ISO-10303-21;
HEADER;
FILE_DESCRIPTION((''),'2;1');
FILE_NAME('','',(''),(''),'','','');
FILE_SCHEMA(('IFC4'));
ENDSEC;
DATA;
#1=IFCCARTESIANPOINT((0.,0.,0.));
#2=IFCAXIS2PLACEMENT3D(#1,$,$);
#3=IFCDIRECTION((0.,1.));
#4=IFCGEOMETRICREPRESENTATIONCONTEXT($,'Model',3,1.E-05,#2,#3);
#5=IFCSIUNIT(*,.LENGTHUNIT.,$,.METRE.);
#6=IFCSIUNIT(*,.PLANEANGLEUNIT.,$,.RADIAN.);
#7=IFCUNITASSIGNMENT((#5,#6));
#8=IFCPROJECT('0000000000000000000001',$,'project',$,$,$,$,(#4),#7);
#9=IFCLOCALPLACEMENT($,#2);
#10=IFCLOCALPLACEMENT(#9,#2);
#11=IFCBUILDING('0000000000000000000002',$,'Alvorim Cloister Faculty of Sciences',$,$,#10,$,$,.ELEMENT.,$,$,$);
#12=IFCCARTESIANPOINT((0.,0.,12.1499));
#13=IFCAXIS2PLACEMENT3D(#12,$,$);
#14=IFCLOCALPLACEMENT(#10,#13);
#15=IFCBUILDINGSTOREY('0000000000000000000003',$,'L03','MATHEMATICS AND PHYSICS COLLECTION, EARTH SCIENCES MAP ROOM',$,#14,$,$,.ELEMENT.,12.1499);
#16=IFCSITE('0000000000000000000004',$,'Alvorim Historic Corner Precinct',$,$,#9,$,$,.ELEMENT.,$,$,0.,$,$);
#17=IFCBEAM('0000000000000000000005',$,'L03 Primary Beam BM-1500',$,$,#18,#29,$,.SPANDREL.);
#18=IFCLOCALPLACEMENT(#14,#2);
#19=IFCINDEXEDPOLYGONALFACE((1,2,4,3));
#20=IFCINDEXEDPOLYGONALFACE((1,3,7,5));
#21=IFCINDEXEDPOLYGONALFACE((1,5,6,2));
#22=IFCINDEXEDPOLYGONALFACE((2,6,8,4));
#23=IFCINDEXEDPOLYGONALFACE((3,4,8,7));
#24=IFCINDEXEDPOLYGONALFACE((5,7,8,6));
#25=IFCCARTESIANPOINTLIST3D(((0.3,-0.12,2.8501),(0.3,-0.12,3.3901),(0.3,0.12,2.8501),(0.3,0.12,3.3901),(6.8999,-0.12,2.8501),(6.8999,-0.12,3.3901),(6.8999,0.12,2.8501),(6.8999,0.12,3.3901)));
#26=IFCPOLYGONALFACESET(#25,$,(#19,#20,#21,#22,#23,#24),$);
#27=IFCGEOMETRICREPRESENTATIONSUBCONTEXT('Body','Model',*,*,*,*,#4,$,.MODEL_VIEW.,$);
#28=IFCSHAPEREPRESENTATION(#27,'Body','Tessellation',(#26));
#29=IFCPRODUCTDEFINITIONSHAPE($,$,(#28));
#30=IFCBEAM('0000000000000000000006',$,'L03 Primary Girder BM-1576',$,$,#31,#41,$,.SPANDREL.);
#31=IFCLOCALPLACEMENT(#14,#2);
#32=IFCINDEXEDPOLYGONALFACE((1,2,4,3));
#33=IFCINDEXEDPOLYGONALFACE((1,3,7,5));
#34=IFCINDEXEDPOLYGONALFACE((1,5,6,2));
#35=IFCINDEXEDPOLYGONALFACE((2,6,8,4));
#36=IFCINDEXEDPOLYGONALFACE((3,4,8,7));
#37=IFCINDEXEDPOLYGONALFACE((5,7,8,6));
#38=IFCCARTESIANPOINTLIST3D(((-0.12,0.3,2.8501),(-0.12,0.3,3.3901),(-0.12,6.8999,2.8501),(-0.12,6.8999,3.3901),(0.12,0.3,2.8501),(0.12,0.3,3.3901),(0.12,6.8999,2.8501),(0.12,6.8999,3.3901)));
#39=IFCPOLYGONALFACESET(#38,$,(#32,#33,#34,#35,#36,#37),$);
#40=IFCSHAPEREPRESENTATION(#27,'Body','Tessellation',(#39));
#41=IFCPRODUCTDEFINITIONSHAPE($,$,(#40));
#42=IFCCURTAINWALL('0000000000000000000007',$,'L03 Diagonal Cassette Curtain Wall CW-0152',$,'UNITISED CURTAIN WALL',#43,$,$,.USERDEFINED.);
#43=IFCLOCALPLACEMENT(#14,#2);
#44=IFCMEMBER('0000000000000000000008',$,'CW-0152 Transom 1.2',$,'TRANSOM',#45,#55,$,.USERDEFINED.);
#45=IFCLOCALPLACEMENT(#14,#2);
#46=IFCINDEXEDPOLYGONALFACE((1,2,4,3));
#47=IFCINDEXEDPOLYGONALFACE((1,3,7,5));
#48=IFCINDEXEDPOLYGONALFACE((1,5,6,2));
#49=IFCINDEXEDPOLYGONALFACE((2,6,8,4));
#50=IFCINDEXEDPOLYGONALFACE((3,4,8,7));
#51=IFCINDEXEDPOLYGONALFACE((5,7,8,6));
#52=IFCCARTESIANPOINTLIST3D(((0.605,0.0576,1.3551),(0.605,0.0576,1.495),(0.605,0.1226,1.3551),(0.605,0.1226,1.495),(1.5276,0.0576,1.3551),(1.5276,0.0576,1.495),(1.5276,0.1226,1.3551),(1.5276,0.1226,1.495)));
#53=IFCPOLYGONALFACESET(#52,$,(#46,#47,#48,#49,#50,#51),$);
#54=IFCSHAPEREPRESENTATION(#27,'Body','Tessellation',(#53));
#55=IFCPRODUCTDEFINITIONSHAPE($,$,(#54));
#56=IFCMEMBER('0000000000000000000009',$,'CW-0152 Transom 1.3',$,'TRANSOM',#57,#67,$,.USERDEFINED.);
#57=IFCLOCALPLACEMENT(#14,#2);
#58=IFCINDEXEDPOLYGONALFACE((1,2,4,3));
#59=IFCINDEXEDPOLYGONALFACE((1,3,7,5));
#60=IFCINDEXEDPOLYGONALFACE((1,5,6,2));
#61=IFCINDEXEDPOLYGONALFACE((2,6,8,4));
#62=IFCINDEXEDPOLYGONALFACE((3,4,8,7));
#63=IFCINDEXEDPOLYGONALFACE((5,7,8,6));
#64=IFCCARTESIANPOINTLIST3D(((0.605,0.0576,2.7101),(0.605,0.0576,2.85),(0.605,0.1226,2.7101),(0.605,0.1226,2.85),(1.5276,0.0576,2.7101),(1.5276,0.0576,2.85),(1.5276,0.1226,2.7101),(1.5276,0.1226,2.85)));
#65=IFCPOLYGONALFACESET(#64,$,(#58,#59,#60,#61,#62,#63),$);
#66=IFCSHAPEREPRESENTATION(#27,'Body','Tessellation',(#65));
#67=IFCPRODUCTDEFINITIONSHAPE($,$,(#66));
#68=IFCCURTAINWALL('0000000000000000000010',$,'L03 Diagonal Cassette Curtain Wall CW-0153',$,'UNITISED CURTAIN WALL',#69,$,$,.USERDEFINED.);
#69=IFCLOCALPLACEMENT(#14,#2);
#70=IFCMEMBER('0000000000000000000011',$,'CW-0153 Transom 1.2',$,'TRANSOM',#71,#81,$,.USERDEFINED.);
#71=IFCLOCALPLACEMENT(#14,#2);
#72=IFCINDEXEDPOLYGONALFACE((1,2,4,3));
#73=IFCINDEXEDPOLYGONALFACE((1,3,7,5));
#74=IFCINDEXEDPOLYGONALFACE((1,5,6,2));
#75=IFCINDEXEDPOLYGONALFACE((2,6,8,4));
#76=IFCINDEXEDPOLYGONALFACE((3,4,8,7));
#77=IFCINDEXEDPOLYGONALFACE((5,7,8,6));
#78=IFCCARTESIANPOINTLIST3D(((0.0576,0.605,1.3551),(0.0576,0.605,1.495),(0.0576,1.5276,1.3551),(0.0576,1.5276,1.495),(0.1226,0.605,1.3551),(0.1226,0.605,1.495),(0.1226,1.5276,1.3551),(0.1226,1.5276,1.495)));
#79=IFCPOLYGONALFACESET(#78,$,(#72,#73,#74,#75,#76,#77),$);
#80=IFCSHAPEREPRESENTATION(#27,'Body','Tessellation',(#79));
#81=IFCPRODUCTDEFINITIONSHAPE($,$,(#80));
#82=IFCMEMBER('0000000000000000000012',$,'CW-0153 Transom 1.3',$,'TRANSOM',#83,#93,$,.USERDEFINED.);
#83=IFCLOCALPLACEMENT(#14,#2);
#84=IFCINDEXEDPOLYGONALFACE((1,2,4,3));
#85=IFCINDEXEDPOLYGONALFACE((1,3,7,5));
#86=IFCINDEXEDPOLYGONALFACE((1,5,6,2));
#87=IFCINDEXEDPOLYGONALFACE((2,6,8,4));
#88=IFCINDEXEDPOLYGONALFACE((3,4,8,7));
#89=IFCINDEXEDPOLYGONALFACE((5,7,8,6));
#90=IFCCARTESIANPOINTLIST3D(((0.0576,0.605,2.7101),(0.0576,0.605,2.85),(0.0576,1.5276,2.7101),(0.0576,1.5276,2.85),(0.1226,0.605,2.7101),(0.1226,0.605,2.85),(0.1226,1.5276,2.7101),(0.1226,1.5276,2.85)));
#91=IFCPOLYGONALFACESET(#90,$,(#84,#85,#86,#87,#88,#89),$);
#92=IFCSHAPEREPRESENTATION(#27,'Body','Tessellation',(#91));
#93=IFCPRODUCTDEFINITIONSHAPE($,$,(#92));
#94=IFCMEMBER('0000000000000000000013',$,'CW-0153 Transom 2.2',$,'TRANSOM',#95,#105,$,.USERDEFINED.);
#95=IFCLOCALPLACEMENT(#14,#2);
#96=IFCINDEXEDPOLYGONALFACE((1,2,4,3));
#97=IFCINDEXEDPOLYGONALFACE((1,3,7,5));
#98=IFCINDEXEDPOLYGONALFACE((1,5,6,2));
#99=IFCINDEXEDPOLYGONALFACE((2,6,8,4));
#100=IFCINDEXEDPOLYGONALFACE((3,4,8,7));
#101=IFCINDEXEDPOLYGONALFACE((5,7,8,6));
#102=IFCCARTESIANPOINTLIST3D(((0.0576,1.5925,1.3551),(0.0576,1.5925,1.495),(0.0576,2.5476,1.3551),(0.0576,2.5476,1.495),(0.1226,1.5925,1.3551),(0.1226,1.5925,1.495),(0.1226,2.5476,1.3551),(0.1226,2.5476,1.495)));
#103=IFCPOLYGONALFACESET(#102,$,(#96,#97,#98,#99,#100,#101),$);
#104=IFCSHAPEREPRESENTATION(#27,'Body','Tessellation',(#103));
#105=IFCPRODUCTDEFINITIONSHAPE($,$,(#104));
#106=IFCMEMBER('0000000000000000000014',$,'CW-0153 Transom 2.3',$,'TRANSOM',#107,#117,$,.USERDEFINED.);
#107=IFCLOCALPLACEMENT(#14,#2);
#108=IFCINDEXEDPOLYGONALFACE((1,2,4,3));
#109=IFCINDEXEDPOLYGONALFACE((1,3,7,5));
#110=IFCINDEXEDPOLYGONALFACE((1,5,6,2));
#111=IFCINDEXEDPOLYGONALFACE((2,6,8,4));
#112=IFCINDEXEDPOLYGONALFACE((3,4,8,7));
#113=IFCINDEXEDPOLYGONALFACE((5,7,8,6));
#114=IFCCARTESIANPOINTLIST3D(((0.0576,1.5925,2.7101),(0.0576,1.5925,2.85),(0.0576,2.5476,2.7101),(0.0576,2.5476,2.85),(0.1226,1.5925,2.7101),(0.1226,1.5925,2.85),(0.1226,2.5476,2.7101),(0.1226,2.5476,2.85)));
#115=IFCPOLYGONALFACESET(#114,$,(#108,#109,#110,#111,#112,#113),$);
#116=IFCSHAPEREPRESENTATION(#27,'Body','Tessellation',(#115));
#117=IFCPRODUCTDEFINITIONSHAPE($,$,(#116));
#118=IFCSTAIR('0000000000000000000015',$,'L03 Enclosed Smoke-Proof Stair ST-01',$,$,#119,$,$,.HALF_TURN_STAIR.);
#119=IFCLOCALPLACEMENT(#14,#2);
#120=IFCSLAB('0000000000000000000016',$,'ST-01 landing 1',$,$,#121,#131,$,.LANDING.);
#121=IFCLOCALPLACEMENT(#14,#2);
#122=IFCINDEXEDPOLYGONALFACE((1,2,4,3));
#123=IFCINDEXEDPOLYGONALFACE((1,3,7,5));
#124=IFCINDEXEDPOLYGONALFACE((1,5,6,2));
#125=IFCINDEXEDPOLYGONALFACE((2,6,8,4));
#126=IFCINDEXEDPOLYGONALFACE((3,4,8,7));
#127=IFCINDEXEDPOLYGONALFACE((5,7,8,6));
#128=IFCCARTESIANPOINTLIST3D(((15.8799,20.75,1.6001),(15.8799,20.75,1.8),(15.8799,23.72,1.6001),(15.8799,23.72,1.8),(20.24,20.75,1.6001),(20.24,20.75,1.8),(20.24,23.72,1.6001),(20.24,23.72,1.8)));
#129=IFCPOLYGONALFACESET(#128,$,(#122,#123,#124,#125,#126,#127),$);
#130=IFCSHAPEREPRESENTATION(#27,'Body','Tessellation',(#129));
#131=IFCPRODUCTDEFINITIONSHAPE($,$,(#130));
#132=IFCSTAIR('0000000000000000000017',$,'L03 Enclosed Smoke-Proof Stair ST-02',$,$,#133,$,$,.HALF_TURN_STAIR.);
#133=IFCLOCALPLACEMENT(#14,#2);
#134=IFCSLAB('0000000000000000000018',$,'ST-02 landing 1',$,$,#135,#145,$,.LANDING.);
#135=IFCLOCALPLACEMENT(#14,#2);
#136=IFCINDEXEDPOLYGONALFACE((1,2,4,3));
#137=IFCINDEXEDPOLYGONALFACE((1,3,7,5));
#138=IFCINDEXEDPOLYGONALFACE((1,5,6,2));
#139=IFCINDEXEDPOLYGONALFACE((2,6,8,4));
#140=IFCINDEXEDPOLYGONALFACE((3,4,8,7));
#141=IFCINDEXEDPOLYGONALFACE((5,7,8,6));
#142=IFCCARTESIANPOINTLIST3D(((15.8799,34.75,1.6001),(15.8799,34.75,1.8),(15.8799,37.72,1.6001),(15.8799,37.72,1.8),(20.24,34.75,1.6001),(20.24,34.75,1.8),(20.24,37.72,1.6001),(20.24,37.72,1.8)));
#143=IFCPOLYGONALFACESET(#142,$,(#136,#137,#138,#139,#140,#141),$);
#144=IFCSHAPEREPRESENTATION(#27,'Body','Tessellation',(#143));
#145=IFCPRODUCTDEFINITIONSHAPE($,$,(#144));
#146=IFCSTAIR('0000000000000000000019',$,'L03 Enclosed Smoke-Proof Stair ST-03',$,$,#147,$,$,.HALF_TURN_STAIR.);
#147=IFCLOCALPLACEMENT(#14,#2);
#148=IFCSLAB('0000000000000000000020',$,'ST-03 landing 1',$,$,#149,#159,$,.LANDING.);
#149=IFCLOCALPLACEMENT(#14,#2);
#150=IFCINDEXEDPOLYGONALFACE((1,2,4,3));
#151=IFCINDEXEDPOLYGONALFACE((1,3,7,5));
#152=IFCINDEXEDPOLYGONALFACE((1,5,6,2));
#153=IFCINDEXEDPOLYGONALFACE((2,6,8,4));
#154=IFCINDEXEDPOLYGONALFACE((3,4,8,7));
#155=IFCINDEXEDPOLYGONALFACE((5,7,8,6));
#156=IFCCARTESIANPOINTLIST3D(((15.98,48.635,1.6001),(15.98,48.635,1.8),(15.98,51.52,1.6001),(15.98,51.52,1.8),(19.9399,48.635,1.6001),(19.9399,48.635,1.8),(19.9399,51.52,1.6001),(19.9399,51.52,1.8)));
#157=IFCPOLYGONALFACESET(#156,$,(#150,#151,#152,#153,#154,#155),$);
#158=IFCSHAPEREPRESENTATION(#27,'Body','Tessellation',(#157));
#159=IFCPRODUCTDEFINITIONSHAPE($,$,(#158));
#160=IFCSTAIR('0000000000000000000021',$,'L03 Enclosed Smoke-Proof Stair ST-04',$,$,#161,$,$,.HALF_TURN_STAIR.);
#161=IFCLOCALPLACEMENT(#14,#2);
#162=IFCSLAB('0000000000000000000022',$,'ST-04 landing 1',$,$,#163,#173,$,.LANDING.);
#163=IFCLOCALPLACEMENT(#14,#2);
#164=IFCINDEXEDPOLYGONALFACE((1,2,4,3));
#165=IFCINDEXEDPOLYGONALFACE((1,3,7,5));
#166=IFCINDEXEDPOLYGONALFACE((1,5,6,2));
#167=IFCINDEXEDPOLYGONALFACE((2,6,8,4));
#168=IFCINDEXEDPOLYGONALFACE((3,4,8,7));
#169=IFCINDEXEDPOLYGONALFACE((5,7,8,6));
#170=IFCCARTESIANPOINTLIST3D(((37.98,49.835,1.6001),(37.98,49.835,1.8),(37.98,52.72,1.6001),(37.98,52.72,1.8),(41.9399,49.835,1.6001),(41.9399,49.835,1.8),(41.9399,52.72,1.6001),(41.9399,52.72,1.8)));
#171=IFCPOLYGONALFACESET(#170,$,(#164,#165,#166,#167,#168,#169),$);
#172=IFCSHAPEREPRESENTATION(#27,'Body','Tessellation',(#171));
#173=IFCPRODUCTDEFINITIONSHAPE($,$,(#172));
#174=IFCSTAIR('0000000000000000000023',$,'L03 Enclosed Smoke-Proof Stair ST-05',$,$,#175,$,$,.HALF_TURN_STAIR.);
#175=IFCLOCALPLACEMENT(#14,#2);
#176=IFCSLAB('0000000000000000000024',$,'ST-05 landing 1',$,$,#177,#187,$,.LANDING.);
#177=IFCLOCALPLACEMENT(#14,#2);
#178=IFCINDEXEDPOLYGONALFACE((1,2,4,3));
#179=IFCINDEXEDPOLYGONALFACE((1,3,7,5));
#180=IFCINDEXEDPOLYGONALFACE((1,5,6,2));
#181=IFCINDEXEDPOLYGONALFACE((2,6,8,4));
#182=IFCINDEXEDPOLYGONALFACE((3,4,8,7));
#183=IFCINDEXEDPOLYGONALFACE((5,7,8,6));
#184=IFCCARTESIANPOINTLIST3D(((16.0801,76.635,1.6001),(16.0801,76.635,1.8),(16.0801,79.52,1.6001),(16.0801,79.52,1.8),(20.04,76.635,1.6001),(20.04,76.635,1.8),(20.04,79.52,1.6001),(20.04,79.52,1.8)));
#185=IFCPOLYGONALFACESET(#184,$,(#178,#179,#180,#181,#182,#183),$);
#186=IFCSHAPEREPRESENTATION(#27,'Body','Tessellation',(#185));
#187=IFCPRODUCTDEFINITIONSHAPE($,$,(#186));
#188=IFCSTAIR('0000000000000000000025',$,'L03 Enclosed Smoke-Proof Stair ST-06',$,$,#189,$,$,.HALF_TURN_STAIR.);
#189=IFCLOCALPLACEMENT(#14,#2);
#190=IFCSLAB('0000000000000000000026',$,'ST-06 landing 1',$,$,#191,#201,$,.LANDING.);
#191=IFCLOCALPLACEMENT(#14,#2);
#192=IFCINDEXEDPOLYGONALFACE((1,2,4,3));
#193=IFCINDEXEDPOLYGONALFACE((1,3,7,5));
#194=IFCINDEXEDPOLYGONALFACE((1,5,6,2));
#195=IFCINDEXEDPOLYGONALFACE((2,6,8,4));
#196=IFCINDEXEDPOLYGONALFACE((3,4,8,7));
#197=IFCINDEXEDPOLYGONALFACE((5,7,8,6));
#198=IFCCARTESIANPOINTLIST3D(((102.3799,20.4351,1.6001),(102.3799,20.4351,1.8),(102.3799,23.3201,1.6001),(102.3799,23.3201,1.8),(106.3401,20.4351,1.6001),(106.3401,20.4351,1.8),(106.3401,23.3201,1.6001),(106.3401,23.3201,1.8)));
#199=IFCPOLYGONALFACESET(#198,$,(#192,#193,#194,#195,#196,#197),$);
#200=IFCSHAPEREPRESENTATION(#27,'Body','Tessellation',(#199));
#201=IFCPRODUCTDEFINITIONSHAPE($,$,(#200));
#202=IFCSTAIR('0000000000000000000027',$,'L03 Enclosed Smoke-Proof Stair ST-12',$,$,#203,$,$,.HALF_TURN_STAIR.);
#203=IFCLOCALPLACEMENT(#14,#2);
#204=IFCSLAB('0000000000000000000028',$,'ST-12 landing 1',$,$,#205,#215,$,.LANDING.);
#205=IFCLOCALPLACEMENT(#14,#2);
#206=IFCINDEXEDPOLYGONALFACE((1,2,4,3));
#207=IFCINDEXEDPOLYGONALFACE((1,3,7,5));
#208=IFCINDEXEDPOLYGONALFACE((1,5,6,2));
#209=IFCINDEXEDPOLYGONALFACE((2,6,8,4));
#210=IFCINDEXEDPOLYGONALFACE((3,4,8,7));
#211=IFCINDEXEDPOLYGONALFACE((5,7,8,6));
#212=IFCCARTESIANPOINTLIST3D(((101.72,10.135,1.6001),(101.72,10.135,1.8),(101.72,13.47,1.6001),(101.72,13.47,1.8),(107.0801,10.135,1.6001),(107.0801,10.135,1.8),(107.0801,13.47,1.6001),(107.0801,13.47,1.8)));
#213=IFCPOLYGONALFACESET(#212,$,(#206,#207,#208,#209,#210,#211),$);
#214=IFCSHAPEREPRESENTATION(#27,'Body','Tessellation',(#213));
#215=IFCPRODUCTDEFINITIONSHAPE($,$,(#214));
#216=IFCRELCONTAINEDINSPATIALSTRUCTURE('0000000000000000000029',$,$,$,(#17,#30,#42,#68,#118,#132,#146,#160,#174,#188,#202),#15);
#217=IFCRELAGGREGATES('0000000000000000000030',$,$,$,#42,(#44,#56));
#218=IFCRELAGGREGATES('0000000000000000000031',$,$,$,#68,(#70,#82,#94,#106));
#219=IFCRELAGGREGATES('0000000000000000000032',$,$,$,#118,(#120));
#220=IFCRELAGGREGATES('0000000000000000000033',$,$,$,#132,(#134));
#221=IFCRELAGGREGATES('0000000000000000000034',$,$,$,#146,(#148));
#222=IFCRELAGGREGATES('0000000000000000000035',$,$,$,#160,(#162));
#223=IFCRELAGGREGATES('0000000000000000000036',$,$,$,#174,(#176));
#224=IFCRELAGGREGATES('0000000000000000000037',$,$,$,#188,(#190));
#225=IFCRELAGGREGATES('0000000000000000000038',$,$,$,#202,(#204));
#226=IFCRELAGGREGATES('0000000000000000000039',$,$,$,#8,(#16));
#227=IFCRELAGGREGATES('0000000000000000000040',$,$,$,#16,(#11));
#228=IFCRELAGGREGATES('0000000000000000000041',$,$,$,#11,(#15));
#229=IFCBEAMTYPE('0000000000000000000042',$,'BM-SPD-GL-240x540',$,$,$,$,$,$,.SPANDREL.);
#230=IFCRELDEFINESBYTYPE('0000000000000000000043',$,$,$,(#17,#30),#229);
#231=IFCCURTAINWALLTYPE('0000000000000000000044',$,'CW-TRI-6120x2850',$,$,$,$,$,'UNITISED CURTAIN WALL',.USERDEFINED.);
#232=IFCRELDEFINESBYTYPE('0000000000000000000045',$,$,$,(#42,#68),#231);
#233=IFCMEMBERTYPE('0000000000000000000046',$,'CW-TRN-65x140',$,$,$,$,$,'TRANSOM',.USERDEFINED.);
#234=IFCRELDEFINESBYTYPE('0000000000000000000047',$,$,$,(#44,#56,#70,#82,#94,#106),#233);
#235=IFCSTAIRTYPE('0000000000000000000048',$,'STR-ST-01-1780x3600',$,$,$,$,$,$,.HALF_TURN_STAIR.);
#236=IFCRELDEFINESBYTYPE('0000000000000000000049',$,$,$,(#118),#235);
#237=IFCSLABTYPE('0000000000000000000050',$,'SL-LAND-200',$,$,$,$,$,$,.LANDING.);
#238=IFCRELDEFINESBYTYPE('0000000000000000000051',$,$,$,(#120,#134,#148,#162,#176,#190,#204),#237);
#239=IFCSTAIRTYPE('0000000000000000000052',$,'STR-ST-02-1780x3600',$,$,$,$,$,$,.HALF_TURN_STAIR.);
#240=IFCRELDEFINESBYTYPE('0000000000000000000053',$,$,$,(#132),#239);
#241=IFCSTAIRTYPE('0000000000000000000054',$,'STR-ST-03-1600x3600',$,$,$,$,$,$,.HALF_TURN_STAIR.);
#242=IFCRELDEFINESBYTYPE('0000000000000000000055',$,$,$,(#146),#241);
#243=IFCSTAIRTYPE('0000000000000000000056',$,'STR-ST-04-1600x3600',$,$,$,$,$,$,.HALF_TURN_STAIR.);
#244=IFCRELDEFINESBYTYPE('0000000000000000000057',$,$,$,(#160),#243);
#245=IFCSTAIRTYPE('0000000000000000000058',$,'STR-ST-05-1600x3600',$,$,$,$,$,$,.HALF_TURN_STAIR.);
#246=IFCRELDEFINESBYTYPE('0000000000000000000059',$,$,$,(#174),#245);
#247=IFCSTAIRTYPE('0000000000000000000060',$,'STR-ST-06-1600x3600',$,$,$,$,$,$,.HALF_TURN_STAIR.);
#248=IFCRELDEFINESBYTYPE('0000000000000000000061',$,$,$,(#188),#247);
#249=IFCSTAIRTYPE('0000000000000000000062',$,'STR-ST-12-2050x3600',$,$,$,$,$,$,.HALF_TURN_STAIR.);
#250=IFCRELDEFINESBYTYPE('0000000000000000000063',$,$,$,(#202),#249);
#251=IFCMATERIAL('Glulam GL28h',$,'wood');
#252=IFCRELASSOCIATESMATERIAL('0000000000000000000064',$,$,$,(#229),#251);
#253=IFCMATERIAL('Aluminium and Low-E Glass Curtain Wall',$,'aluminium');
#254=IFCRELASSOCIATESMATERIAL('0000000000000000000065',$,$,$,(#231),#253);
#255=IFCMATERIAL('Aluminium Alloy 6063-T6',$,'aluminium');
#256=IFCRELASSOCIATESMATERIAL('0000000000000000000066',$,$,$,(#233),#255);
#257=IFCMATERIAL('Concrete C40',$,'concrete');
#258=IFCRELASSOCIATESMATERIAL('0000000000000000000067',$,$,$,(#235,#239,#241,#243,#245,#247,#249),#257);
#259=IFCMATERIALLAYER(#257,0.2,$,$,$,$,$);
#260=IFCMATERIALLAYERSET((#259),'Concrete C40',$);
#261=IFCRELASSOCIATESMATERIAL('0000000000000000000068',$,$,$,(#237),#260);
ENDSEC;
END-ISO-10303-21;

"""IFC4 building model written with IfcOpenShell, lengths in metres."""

from ifc_helpers import new_model, si_unit, direction, frame, origin, origin_2d, place, context, subcontext, project, spatial, polyline, rectangle, outline, extrude, material, layer, layer_set, material_profile, profile_set, type_object, element, aggregate, save


model = new_model("IFC4")

# Units and contexts
model_context = context("Model", 3, precision=1e-05, world=origin(), true_north=direction((0.0, 1.0)))
body_context = subcontext(model_context, "Body", "Model", "MODEL_VIEW")
ifc_project = project(units=[si_unit("LENGTHUNIT", "METRE"), si_unit("PLANEANGLEUNIT", "RADIAN")], contexts=[model_context])

# Site, building, storey
site_placement = place(None, origin())
site = spatial("IfcSite", under=ifc_project, at=site_placement, Name="Alvorim Historic Corner Precinct", CompositionType="ELEMENT", RefElevation=0.0)
building_placement = place(site_placement, origin())
building = spatial("IfcBuilding", under=site, at=building_placement, Name="Alvorim Cloister Faculty of Sciences", CompositionType="ELEMENT")
storey_placement = place(building_placement, frame((0.0, 0.0, 12.1499)))
storey = spatial("IfcBuildingStorey", under=building, at=storey_placement, Name="L03", Description="MATHEMATICS AND PHYSICS COLLECTION, EARTH SCIENCES MAP ROOM", CompositionType="ELEMENT", Elevation=12.1499)

# Beams
ifc_material_1 = material(Name="Glulam GL28h", Category="wood")
ifc_material_profile_1 = material_profile(ifc_material_1, rectangle(XDim=0.24, YDim=0.54, at=origin_2d()), Name="GL28-SPD-240x540")
ifc_profile_set_1 = profile_set([ifc_material_profile_1], Name="Glulam GL28h")
beam_type = type_object("IfcBeamType", Name="BM-SPD-GL-240x540", PredefinedType="SPANDREL", material=ifc_profile_set_1)
for number, where, z_axis, x_axis, name in (
    (1, (0.3, 0.0, 3.1201), (1.0, 0.0, 0.0), (0.0, 1.0, 0.0), "L03 Primary Beam BM-1500"),
    (2, (0.0, 0.3, 3.1201), (0.0, 1.0, 0.0), (-1.0, 0.0, 0.0), "L03 Primary Girder BM-1576"),
):
    element("IfcBeam", number, at=place(storey_placement, frame(where, z_axis=z_axis, x_axis=x_axis)), inside=storey, type_object=beam_type, Name=name, PredefinedType="SPANDREL", context=body_context, shape_type="SweptSolid", body=[
        extrude(rectangle(XDim=0.24, YDim=0.54, at=origin_2d()), origin(), (0.0, 0.0, 1.0), 6.5999),
    ])

# Curtain walls, members
ifc_material_2 = material(Name="Aluminium and Low-E Glass Curtain Wall", Category="aluminium")
curtain_wall_type = type_object("IfcCurtainWallType", Name="CW-TRI-6120x2850", ElementType="UNITISED CURTAIN WALL", PredefinedType="USERDEFINED", material=ifc_material_2)
curtain_wall_1_placement = place(storey_placement, origin())
curtain_wall_1 = element("IfcCurtainWall", 3, at=curtain_wall_1_placement, inside=storey, type_object=curtain_wall_type, Name="L03 Diagonal Cassette Curtain Wall CW-0152", ObjectType="UNITISED CURTAIN WALL", PredefinedType="USERDEFINED")
ifc_material_3 = material(Name="Aluminium Alloy 6063-T6", Category="aluminium")
ifc_material_profile_2 = material_profile(ifc_material_3, rectangle(XDim=0.0649, YDim=0.1399, at=origin_2d()), Name="ALU-TRN-65x140")
ifc_profile_set_2 = profile_set([ifc_material_profile_2], Name="Aluminium Alloy 6063-T6")
member_type = type_object("IfcMemberType", Name="CW-TRN-65x140", ElementType="TRANSOM", PredefinedType="USERDEFINED", material=ifc_profile_set_2)
member_1_placement = place(storey_placement, frame((0.605, 0.0901, 1.425), z_axis=(1.0, 0.0, 0.0), x_axis=(0.0, 1.0, 0.0)))
member_1 = element("IfcMember", 4, at=member_1_placement, type_object=member_type, Name="CW-0152 Transom 1.2", ObjectType="TRANSOM", PredefinedType="USERDEFINED", context=body_context, shape_type="SweptSolid", body=[
    extrude(rectangle(XDim=0.0649, YDim=0.1399, at=origin_2d()), origin(), (0.0, 0.0, 1.0), 0.9226),
])
member_2_placement = place(storey_placement, frame((0.605, 0.0901, 2.78), z_axis=(1.0, 0.0, 0.0), x_axis=(0.0, 1.0, 0.0)))
member_2 = element("IfcMember", 5, at=member_2_placement, type_object=member_type, Name="CW-0152 Transom 1.3", ObjectType="TRANSOM", PredefinedType="USERDEFINED", context=body_context, shape_type="SweptSolid", body=[
    extrude(rectangle(XDim=0.0649, YDim=0.1399, at=origin_2d()), origin(), (0.0, 0.0, 1.0), 0.9226),
])
curtain_wall_2_placement = place(storey_placement, origin())
curtain_wall_2 = element("IfcCurtainWall", 6, at=curtain_wall_2_placement, inside=storey, type_object=curtain_wall_type, Name="L03 Diagonal Cassette Curtain Wall CW-0153", ObjectType="UNITISED CURTAIN WALL", PredefinedType="USERDEFINED")
member_3_placement = place(storey_placement, frame((0.0901, 0.605, 1.425), z_axis=(0.0, 1.0, 0.0), x_axis=(-1.0, 0.0, 0.0)))
member_3 = element("IfcMember", 7, at=member_3_placement, type_object=member_type, Name="CW-0153 Transom 1.2", ObjectType="TRANSOM", PredefinedType="USERDEFINED", context=body_context, shape_type="SweptSolid", body=[
    extrude(rectangle(XDim=0.0649, YDim=0.1399, at=origin_2d()), origin(), (0.0, 0.0, 1.0), 0.9226),
])
member_4_placement = place(storey_placement, frame((0.0901, 0.605, 2.78), z_axis=(0.0, 1.0, 0.0), x_axis=(-1.0, 0.0, 0.0)))
member_4 = element("IfcMember", 8, at=member_4_placement, type_object=member_type, Name="CW-0153 Transom 1.3", ObjectType="TRANSOM", PredefinedType="USERDEFINED", context=body_context, shape_type="SweptSolid", body=[
    extrude(rectangle(XDim=0.0649, YDim=0.1399, at=origin_2d()), origin(), (0.0, 0.0, 1.0), 0.9226),
])
member_5_placement = place(storey_placement, frame((0.0901, 1.5925, 1.425), z_axis=(0.0, 1.0, 0.0), x_axis=(-1.0, 0.0, 0.0)))
member_5 = element("IfcMember", 9, at=member_5_placement, type_object=member_type, Name="CW-0153 Transom 2.2", ObjectType="TRANSOM", PredefinedType="USERDEFINED", context=body_context, shape_type="SweptSolid", body=[
    extrude(rectangle(XDim=0.0649, YDim=0.1399, at=origin_2d()), origin(), (0.0, 0.0, 1.0), 0.9551),
])
member_6_placement = place(storey_placement, frame((0.0901, 1.5925, 2.78), z_axis=(0.0, 1.0, 0.0), x_axis=(-1.0, 0.0, 0.0)))
member_6 = element("IfcMember", 10, at=member_6_placement, type_object=member_type, Name="CW-0153 Transom 2.3", ObjectType="TRANSOM", PredefinedType="USERDEFINED", context=body_context, shape_type="SweptSolid", body=[
    extrude(rectangle(XDim=0.0649, YDim=0.1399, at=origin_2d()), origin(), (0.0, 0.0, 1.0), 0.9551),
])

aggregate(curtain_wall_1, [member_1, member_2])
aggregate(curtain_wall_2, [member_3, member_4, member_5, member_6])

# Stairs, slabs
ifc_material_4 = material(Name="Concrete C40", Category="concrete")
stair_type_1 = type_object("IfcStairType", Name="STR-ST-01-1780x3600", PredefinedType="HALF_TURN_STAIR", material=ifc_material_4)
stair_1_placement = place(storey_placement, origin())
stair_1 = element("IfcStair", 11, at=stair_1_placement, inside=storey, type_object=stair_type_1, Name="L03 Enclosed Smoke-Proof Stair ST-01", PredefinedType="HALF_TURN_STAIR")
ifc_layer_1 = layer(ifc_material_4, 0.2)
ifc_layer_set_1 = layer_set([ifc_layer_1], Name="Concrete C40")
slab_type = type_object("IfcSlabType", Name="SL-LAND-200", PredefinedType="LANDING", material=ifc_layer_set_1)
slab_1_placement = place(storey_placement, frame((0.0, 0.0, 1.6001)))
slab_1 = element("IfcSlab", 12, at=slab_1_placement, type_object=slab_type, Name="ST-01 landing 1", PredefinedType="LANDING", context=body_context, shape_type="SweptSolid", body=[
    extrude(outline(polyline([(20.24, 20.75), (20.24, 23.72), (15.8799, 23.72), (15.8799, 20.75), (20.24, 20.75)])), origin(), (0.0, 0.0, 1.0), 0.2),
])
aggregate(stair_1, [slab_1])
stair_type_2 = type_object("IfcStairType", Name="STR-ST-02-1780x3600", PredefinedType="HALF_TURN_STAIR", material=ifc_material_4)
stair_2_placement = place(storey_placement, origin())
stair_2 = element("IfcStair", 13, at=stair_2_placement, inside=storey, type_object=stair_type_2, Name="L03 Enclosed Smoke-Proof Stair ST-02", PredefinedType="HALF_TURN_STAIR")
slab_2_placement = place(storey_placement, frame((0.0, 0.0, 1.6001)))
slab_2 = element("IfcSlab", 14, at=slab_2_placement, type_object=slab_type, Name="ST-02 landing 1", PredefinedType="LANDING", context=body_context, shape_type="SweptSolid", body=[
    extrude(outline(polyline([(20.24, 34.75), (20.24, 37.72), (15.8799, 37.72), (15.8799, 34.75), (20.24, 34.75)])), origin(), (0.0, 0.0, 1.0), 0.2),
])
aggregate(stair_2, [slab_2])
stair_type_3 = type_object("IfcStairType", Name="STR-ST-03-1600x3600", PredefinedType="HALF_TURN_STAIR", material=ifc_material_4)
stair_3_placement = place(storey_placement, origin())
stair_3 = element("IfcStair", 15, at=stair_3_placement, inside=storey, type_object=stair_type_3, Name="L03 Enclosed Smoke-Proof Stair ST-03", PredefinedType="HALF_TURN_STAIR")
slab_3_placement = place(storey_placement, frame((0.0, 0.0, 1.6001)))
slab_3 = element("IfcSlab", 16, at=slab_3_placement, type_object=slab_type, Name="ST-03 landing 1", PredefinedType="LANDING", context=body_context, shape_type="SweptSolid", body=[
    extrude(outline(polyline([(19.9399, 48.635), (19.9399, 51.52), (15.98, 51.52), (15.98, 48.635), (19.9399, 48.635)])), origin(), (0.0, 0.0, 1.0), 0.2),
])
aggregate(stair_3, [slab_3])
stair_type_4 = type_object("IfcStairType", Name="STR-ST-04-1600x3600", PredefinedType="HALF_TURN_STAIR", material=ifc_material_4)
stair_4_placement = place(storey_placement, origin())
stair_4 = element("IfcStair", 17, at=stair_4_placement, inside=storey, type_object=stair_type_4, Name="L03 Enclosed Smoke-Proof Stair ST-04", PredefinedType="HALF_TURN_STAIR")
slab_4_placement = place(storey_placement, frame((0.0, 0.0, 1.6001)))
slab_4 = element("IfcSlab", 18, at=slab_4_placement, type_object=slab_type, Name="ST-04 landing 1", PredefinedType="LANDING", context=body_context, shape_type="SweptSolid", body=[
    extrude(outline(polyline([(41.9399, 49.835), (41.9399, 52.72), (37.98, 52.72), (37.98, 49.835), (41.9399, 49.835)])), origin(), (0.0, 0.0, 1.0), 0.2),
])
aggregate(stair_4, [slab_4])
stair_type_5 = type_object("IfcStairType", Name="STR-ST-05-1600x3600", PredefinedType="HALF_TURN_STAIR", material=ifc_material_4)
stair_5_placement = place(storey_placement, origin())
stair_5 = element("IfcStair", 19, at=stair_5_placement, inside=storey, type_object=stair_type_5, Name="L03 Enclosed Smoke-Proof Stair ST-05", PredefinedType="HALF_TURN_STAIR")
slab_5_placement = place(storey_placement, frame((0.0, 0.0, 1.6001)))
slab_5 = element("IfcSlab", 20, at=slab_5_placement, type_object=slab_type, Name="ST-05 landing 1", PredefinedType="LANDING", context=body_context, shape_type="SweptSolid", body=[
    extrude(outline(polyline([(20.04, 76.635), (20.04, 79.52), (16.0801, 79.52), (16.0801, 76.635), (20.04, 76.635)])), origin(), (0.0, 0.0, 1.0), 0.2),
])
aggregate(stair_5, [slab_5])
stair_type_6 = type_object("IfcStairType", Name="STR-ST-06-1600x3600", PredefinedType="HALF_TURN_STAIR", material=ifc_material_4)
stair_6_placement = place(storey_placement, origin())
stair_6 = element("IfcStair", 21, at=stair_6_placement, inside=storey, type_object=stair_type_6, Name="L03 Enclosed Smoke-Proof Stair ST-06", PredefinedType="HALF_TURN_STAIR")
slab_6_placement = place(storey_placement, frame((0.0, 0.0, 1.6001)))
slab_6 = element("IfcSlab", 22, at=slab_6_placement, type_object=slab_type, Name="ST-06 landing 1", PredefinedType="LANDING", context=body_context, shape_type="SweptSolid", body=[
    extrude(outline(polyline([(106.3401, 20.4351), (106.3401, 23.3201), (102.3799, 23.3201), (102.3799, 20.4351), (106.3401, 20.4351)])), origin(), (0.0, 0.0, 1.0), 0.2),
])
aggregate(stair_6, [slab_6])
stair_type_7 = type_object("IfcStairType", Name="STR-ST-12-2050x3600", PredefinedType="HALF_TURN_STAIR", material=ifc_material_4)
stair_7_placement = place(storey_placement, origin())
stair_7 = element("IfcStair", 23, at=stair_7_placement, inside=storey, type_object=stair_type_7, Name="L03 Enclosed Smoke-Proof Stair ST-12", PredefinedType="HALF_TURN_STAIR")
slab_7_placement = place(storey_placement, frame((0.0, 0.0, 1.6001)))
slab_7 = element("IfcSlab", 24, at=slab_7_placement, type_object=slab_type, Name="ST-12 landing 1", PredefinedType="LANDING", context=body_context, shape_type="SweptSolid", body=[
    extrude(outline(polyline([(107.0801, 10.135), (107.0801, 13.47), (101.72, 13.47), (101.72, 10.135), (107.0801, 10.135)])), origin(), (0.0, 0.0, 1.0), 0.2),
])
aggregate(stair_7, [slab_7])

save(model, "model.ifc")
